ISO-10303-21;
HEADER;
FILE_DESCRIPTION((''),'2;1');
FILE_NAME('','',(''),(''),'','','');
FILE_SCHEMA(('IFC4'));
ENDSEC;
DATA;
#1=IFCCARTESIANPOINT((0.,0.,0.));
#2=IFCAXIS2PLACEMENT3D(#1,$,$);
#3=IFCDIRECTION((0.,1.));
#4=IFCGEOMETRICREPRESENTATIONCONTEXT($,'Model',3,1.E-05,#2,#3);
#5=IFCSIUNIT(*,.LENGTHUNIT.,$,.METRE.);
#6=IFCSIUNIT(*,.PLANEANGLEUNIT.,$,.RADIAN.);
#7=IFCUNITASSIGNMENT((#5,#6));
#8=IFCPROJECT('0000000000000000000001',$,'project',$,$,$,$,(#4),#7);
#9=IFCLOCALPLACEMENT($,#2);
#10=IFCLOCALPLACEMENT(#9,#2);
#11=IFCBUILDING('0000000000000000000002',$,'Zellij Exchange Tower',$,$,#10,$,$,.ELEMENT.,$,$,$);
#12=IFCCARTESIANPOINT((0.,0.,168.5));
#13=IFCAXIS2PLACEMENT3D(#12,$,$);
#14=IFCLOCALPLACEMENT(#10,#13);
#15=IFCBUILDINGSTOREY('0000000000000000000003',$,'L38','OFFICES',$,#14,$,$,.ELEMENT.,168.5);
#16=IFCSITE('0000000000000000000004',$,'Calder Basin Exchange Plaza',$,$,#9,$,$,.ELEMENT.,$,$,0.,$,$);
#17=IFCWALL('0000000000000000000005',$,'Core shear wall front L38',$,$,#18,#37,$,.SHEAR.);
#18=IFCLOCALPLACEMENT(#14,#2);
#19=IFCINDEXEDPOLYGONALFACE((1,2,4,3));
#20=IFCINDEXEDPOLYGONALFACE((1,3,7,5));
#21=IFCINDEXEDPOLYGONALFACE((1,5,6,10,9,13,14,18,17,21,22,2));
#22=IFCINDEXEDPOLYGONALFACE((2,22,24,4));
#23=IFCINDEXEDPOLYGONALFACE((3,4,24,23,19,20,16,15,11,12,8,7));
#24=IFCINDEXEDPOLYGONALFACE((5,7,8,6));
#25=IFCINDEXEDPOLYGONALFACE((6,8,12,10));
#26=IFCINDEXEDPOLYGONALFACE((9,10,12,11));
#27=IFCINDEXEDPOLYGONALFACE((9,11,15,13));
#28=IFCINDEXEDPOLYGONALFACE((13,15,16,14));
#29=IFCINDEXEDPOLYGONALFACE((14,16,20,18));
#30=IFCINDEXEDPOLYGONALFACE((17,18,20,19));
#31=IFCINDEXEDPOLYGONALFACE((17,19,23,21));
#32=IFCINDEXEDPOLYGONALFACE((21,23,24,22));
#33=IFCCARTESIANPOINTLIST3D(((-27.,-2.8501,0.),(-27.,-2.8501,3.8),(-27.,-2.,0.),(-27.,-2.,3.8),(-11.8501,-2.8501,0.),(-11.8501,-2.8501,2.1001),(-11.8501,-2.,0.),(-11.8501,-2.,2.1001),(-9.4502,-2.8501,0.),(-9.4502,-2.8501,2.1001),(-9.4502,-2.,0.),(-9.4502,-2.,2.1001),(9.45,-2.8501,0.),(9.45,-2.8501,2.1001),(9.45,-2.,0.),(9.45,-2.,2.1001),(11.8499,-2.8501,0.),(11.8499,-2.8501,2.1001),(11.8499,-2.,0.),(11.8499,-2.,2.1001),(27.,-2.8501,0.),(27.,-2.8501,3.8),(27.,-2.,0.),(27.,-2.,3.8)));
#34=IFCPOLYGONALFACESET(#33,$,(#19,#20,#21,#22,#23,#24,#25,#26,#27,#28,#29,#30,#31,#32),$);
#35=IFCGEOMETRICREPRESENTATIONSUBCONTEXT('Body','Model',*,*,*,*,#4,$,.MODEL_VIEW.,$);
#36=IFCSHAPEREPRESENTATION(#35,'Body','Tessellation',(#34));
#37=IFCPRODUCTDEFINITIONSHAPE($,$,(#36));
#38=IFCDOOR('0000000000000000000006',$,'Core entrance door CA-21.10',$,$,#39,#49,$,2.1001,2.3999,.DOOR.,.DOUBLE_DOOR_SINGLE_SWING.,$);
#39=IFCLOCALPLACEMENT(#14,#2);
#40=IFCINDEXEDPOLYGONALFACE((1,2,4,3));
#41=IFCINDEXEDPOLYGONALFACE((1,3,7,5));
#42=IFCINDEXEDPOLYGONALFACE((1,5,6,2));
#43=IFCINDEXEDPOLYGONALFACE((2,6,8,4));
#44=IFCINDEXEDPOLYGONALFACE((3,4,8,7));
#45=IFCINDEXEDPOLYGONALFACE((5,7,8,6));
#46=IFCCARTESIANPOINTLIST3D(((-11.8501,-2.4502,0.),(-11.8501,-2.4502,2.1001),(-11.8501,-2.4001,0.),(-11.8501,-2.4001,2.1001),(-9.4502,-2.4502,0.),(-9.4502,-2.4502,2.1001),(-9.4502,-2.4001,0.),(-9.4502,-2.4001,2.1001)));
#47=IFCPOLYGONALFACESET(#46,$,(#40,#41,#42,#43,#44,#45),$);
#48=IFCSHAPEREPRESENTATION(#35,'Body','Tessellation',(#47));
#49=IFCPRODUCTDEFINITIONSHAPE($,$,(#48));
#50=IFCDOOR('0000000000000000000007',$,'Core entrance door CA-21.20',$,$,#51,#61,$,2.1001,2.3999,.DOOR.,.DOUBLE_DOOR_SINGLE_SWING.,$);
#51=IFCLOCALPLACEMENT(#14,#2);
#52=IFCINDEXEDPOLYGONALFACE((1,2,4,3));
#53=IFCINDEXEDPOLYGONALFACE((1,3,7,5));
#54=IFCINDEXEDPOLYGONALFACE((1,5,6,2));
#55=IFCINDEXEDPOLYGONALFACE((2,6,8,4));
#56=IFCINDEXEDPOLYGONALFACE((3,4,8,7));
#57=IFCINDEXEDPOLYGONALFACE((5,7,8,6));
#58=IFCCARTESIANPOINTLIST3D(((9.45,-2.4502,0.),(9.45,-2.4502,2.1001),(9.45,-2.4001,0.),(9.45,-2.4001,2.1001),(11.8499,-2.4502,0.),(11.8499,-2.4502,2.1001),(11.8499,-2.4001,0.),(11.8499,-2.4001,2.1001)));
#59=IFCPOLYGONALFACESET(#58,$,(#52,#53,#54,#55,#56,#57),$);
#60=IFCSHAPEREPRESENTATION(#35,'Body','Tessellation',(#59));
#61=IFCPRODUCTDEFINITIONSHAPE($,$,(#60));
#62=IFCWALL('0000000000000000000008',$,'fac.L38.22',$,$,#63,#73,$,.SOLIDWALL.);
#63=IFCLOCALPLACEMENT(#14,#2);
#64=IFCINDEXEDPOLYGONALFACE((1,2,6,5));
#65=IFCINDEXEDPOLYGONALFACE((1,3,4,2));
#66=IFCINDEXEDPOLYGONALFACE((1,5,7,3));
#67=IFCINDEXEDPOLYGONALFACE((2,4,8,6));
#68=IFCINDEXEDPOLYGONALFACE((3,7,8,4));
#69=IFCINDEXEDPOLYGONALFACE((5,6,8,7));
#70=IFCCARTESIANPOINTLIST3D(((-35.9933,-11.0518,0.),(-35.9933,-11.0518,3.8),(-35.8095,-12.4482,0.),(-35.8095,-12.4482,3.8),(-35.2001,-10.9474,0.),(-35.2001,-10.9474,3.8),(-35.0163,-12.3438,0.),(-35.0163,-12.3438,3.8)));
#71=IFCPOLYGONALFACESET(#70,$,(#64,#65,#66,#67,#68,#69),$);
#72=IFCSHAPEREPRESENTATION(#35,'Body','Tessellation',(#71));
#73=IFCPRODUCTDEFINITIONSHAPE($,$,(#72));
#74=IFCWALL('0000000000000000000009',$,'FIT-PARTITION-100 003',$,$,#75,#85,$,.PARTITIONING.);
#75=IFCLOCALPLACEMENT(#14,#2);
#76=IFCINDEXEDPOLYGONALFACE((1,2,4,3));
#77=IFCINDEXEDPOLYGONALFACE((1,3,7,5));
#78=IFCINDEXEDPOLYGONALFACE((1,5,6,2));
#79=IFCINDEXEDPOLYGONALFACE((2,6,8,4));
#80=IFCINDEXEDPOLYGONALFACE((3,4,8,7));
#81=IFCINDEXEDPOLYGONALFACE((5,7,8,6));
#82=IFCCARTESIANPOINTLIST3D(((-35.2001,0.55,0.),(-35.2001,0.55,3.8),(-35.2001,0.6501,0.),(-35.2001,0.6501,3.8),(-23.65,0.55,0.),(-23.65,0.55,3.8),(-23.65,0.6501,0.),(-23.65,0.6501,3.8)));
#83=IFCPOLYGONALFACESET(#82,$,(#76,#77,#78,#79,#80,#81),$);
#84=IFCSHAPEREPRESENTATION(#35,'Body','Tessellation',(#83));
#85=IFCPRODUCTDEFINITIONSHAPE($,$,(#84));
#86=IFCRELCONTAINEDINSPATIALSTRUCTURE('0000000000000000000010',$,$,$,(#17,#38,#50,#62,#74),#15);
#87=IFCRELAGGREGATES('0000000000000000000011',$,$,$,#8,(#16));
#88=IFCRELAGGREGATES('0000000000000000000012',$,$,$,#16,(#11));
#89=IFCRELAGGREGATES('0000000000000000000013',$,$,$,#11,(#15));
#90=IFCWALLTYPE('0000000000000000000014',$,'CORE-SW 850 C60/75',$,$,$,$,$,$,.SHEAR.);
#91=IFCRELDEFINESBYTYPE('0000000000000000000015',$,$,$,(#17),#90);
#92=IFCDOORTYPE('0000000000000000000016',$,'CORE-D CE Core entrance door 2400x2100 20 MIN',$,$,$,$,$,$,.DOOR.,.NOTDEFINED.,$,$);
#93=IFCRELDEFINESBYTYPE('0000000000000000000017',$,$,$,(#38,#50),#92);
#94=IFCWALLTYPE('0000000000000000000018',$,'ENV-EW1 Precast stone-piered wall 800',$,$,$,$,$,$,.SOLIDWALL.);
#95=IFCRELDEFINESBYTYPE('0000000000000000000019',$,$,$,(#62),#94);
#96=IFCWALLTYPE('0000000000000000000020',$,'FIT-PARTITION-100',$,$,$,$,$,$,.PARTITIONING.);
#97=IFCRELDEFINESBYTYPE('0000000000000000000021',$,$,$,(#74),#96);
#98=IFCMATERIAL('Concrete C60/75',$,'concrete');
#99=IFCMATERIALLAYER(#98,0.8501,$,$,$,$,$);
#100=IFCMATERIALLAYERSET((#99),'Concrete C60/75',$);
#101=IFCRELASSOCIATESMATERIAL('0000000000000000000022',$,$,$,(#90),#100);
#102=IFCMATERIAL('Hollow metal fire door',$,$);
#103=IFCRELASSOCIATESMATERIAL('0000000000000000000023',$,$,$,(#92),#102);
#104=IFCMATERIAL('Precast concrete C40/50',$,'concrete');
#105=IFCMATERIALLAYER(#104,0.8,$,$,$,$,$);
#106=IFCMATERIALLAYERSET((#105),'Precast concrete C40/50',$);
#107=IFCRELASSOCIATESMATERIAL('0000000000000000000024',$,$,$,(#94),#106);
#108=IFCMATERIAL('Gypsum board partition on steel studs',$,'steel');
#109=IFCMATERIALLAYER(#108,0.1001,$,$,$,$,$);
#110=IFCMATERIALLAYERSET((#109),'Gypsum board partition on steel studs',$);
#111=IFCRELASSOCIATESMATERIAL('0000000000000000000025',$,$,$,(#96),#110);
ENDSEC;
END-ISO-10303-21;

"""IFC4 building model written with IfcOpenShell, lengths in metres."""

from ifc_helpers import new_model, si_unit, direction, frame, frame_2d, origin, place, context, subcontext, project, spatial, rectangle, extrude, material, layer, layer_set, type_object, element, fill, save


model = new_model("IFC4")

# Units and contexts
model_context = context("Model", 3, precision=1e-05, world=origin(), true_north=direction((0.0, 1.0)))
body_context = subcontext(model_context, "Body", "Model", "MODEL_VIEW")
ifc_project = project(units=[si_unit("LENGTHUNIT", "METRE"), si_unit("PLANEANGLEUNIT", "RADIAN")], contexts=[model_context])

# Site, building, storey
site_placement = place(None, origin())
site = spatial("IfcSite", under=ifc_project, at=site_placement, Name="Calder Basin Exchange Plaza", CompositionType="ELEMENT", RefElevation=0.0)
building_placement = place(site_placement, origin())
building = spatial("IfcBuilding", under=site, at=building_placement, Name="Zellij Exchange Tower", CompositionType="ELEMENT")
storey_placement = place(building_placement, frame((0.0, 0.0, 168.5)))
storey = spatial("IfcBuildingStorey", under=building, at=storey_placement, Name="L38", Description="OFFICES", CompositionType="ELEMENT", Elevation=168.5)

# Shared definitions
ifc_material_1 = material(Name="Concrete C60/75", Category="concrete")

# Wall, openings, doors
ifc_layer_1 = layer(ifc_material_1, 0.8501)
ifc_layer_set_1 = layer_set([ifc_layer_1], Name="Concrete C60/75")
wall_type_1 = type_object("IfcWallType", Name="CORE-SW 850 C60/75", PredefinedType="SHEAR", material=ifc_layer_set_1)
wall_1_placement = place(storey_placement, frame((-27.0, -2.425, 0.0), z_axis=(0.0, 0.0, 1.0), x_axis=(1.0, 0.0, 0.0)))
wall_1 = element("IfcWall", 1, at=wall_1_placement, inside=storey, type_object=wall_type_1, Name="Core shear wall front L38", PredefinedType="SHEAR", context=body_context, shape_type="SweptSolid", body=[
    extrude(rectangle(XDim=54.0, YDim=0.8501, at=frame_2d((27.0, 0.0))), origin(), (0.0, 0.0, 1.0), 3.8),
])
opening_1_placement = place(wall_1_placement, frame((15.1499, 0.0, 0.0)))
opening_1 = element("IfcOpeningElement", 2, at=opening_1_placement, cuts=wall_1, PredefinedType="OPENING", context=body_context, shape_type="SweptSolid", body=[
    extrude(rectangle(XDim=2.3999, YDim=2.1001, at=frame_2d((1.2, 1.05))), frame((0.0, 0.437, 0.0), z_axis=(0.0, -1.0, 0.0), x_axis=(1.0, 0.0, 0.0)), (0.0, 0.0, 1.0), 0.874),
])
opening_2_placement = place(wall_1_placement, frame((36.45, 0.0, 0.0)))
opening_2 = element("IfcOpeningElement", 3, at=opening_2_placement, cuts=wall_1, PredefinedType="OPENING", context=body_context, shape_type="SweptSolid", body=[
    extrude(rectangle(XDim=2.3999, YDim=2.1001, at=frame_2d((1.2, 1.05))), frame((0.0, 0.437, 0.0), z_axis=(0.0, -1.0, 0.0), x_axis=(1.0, 0.0, 0.0)), (0.0, 0.0, 1.0), 0.874),
])
ifc_material_2 = material(Name="Hollow metal fire door")
door_type = type_object("IfcDoorType", Name="CORE-D CE Core entrance door 2400x2100 20 MIN", OperationType="NOTDEFINED", PredefinedType="DOOR", material=ifc_material_2)
door_1_placement = place(opening_1_placement, origin())
door_1 = element("IfcDoor", 4, at=door_1_placement, inside=storey, type_object=door_type, Name="Core entrance door CA-21.10", OperationType="DOUBLE_DOOR_SINGLE_SWING", OverallHeight=2.1001, OverallWidth=2.3999, PredefinedType="DOOR", context=body_context, shape_type="SweptSolid", body=[
    extrude(rectangle(XDim=2.3999, YDim=2.1001, at=frame_2d((1.2, 1.05))), frame((0.0, 0.0249, 0.0), z_axis=(0.0, -1.0, 0.0), x_axis=(1.0, 0.0, 0.0)), (0.0, 0.0, 1.0), 0.05),
])
fill(opening_1, door_1)
door_2_placement = place(opening_2_placement, origin())
door_2 = element("IfcDoor", 5, at=door_2_placement, inside=storey, type_object=door_type, Name="Core entrance door CA-21.20", OperationType="DOUBLE_DOOR_SINGLE_SWING", OverallHeight=2.1001, OverallWidth=2.3999, PredefinedType="DOOR", context=body_context, shape_type="SweptSolid", body=[
    extrude(rectangle(XDim=2.3999, YDim=2.1001, at=frame_2d((1.2, 1.05))), frame((0.0, 0.0249, 0.0), z_axis=(0.0, -1.0, 0.0), x_axis=(1.0, 0.0, 0.0)), (0.0, 0.0, 1.0), 0.05),
])
fill(opening_2, door_2)

# Walls
ifc_material_3 = material(Name="Precast concrete C40/50", Category="concrete")
ifc_layer_2 = layer(ifc_material_3, 0.8)
ifc_layer_set_2 = layer_set([ifc_layer_2], Name="Precast concrete C40/50")
wall_type_2 = type_object("IfcWallType", Name="ENV-EW1 Precast stone-piered wall 800", PredefinedType="SOLIDWALL", material=ifc_layer_set_2)
wall_2_placement = place(storey_placement, frame((-35.5967, -10.9998, 0.0), z_axis=(0.0, 0.0, 1.0), x_axis=(0.130517, -0.991446, 0.0)))
element("IfcWall", 6, at=wall_2_placement, inside=storey, type_object=wall_type_2, Name="fac.L38.22", PredefinedType="SOLIDWALL", context=body_context, shape_type="SweptSolid", body=[
    extrude(rectangle(XDim=1.4084, YDim=0.8, at=frame_2d((0.7041, 0.0))), origin(), (0.0, 0.0, 1.0), 3.8),
])
ifc_material_4 = material(Name="Gypsum board partition on steel studs", Category="steel")
ifc_layer_3 = layer(ifc_material_4, 0.1001)
ifc_layer_set_3 = layer_set([ifc_layer_3], Name="Gypsum board partition on steel studs")
wall_type_3 = type_object("IfcWallType", Name="FIT-PARTITION-100", PredefinedType="PARTITIONING", material=ifc_layer_set_3)
wall_3_placement = place(storey_placement, frame((-35.2, 0.6001, 0.0), z_axis=(0.0, 0.0, 1.0), x_axis=(1.0, 0.0, 0.0)))
element("IfcWall", 7, at=wall_3_placement, inside=storey, type_object=wall_type_3, Name="FIT-PARTITION-100 003", PredefinedType="PARTITIONING", context=body_context, shape_type="SweptSolid", body=[
    extrude(rectangle(XDim=11.55, YDim=0.1001, at=frame_2d((5.7749, 0.0))), origin(), (0.0, 0.0, 1.0), 3.8),
])

save(model, "model.ifc")
